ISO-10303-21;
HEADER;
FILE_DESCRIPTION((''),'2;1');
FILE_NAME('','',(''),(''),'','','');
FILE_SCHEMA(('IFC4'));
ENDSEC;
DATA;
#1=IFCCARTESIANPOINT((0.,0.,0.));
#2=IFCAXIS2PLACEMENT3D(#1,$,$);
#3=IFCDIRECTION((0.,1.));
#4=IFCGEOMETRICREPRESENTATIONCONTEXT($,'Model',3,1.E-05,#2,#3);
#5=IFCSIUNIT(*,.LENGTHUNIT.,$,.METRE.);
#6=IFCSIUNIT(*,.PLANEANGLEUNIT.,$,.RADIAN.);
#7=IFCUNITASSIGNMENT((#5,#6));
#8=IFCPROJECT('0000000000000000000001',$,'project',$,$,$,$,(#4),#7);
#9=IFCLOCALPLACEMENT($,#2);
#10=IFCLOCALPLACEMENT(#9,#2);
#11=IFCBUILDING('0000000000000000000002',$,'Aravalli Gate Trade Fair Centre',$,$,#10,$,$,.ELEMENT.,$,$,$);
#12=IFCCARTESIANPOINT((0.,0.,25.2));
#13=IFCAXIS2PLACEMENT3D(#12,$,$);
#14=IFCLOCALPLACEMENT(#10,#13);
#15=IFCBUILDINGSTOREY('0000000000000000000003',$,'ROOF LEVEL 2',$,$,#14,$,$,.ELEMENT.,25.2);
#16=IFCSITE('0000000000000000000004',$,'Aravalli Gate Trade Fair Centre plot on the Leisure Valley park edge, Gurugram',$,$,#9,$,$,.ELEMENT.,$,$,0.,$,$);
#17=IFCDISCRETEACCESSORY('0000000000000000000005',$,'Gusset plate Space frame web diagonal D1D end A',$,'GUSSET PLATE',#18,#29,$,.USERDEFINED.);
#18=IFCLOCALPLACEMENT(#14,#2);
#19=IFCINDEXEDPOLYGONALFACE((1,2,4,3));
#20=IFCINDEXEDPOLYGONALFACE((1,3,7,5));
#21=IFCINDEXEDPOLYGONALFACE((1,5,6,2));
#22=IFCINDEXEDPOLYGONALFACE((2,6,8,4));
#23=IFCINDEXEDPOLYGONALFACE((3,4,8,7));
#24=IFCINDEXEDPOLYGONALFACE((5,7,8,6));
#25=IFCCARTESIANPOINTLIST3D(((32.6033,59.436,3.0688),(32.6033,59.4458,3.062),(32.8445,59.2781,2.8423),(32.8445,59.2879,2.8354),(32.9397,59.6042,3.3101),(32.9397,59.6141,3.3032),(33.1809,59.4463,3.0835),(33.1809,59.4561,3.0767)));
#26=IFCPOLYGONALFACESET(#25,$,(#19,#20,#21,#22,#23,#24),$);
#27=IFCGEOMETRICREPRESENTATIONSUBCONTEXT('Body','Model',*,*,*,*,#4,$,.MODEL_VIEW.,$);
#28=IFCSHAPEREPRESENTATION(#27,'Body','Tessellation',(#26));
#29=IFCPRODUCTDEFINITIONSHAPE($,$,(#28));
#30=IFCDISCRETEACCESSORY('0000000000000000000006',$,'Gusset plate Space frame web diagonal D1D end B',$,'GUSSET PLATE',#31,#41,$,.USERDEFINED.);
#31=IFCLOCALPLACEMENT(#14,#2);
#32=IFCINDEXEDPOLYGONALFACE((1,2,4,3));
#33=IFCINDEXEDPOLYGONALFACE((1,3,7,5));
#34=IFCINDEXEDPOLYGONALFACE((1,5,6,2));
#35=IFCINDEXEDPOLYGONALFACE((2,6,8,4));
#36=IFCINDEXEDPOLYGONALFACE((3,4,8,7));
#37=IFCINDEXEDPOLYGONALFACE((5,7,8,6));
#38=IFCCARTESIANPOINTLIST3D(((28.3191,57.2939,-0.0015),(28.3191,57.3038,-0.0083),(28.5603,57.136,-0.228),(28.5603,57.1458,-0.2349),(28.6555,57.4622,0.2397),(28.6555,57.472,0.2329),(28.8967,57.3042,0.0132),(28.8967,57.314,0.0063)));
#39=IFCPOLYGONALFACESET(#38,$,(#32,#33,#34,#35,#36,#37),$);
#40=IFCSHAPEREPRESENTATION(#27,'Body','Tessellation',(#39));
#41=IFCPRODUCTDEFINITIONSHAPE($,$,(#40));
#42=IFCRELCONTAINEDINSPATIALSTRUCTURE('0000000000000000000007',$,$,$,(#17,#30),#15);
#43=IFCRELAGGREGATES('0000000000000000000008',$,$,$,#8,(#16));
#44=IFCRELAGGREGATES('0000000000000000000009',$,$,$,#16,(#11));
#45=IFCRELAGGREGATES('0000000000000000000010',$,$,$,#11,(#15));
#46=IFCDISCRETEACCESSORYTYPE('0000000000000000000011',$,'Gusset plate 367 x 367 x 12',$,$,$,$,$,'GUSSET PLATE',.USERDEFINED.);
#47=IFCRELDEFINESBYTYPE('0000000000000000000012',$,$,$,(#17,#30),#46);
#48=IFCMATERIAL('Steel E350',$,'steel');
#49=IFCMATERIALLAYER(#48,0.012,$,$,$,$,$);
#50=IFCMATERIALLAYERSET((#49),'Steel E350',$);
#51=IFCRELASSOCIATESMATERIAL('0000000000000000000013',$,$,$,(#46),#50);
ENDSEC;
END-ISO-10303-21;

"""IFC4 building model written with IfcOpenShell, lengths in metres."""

from ifc_helpers import new_model, si_unit, direction, frame, origin, place, context, subcontext, project, spatial, polyline, outline, extrude, material, layer, layer_set, type_object, element, save


model = new_model("IFC4")

# Units and contexts
model_context = context("Model", 3, precision=1e-05, world=origin(), true_north=direction((0.0, 1.0)))
body_context = subcontext(model_context, "Body", "Model", "MODEL_VIEW")
ifc_project = project(units=[si_unit("LENGTHUNIT", "METRE"), si_unit("PLANEANGLEUNIT", "RADIAN")], contexts=[model_context])

# Site, building, storey
site_placement = place(None, origin())
site = spatial("IfcSite", under=ifc_project, at=site_placement, Name="Aravalli Gate Trade Fair Centre plot on the Leisure Valley park edge, Gurugram", CompositionType="ELEMENT", RefElevation=0.0)
building_placement = place(site_placement, origin())
building = spatial("IfcBuilding", under=site, at=building_placement, Name="Aravalli Gate Trade Fair Centre", CompositionType="ELEMENT")
storey_placement = place(building_placement, frame((0.0, 0.0, 25.2)))
storey = spatial("IfcBuildingStorey", under=building, at=storey_placement, Name="ROOF LEVEL 2", CompositionType="ELEMENT", Elevation=25.2)

# Shared definitions
ifc_material_1 = material(Name="Steel E350", Category="steel")

# Discrete accessories
ifc_layer_1 = layer(ifc_material_1, 0.012)
ifc_layer_set_1 = layer_set([ifc_layer_1], Name="Steel E350")
discrete_accessory_type_1 = type_object("IfcDiscreteAccessoryType", Name="Gusset plate 367 x 367 x 12", ElementType="GUSSET PLATE", PredefinedType="USERDEFINED", material=ifc_layer_set_1)
discrete_accessory_1_placement = place(storey_placement, frame((32.6033, 59.436, 3.0688), z_axis=(0.000057, -0.820282, 0.57196), x_axis=(0.75291, 0.376455, 0.539822)))
element("IfcDiscreteAccessory", 1, at=discrete_accessory_1_placement, inside=storey, type_object=discrete_accessory_type_1, Name="Gusset plate Space frame web diagonal D1D end A", ObjectType="GUSSET PLATE", PredefinedType="USERDEFINED", context=body_context, shape_type="SweptSolid", body=[
    extrude(outline(polyline([(0.0, 0.0), (0.4468, 0.0), (0.4467, -0.3667), (-0.0002, -0.3667), (0.0, 0.0)])), origin(), (0.0, 0.0, -1.0), 0.012),
])
discrete_accessory_2_placement = place(storey_placement, frame((28.6555, 57.4622, 0.2397), z_axis=(0.000057, -0.820282, 0.57196), x_axis=(-0.75291, -0.376455, -0.539822)))
element("IfcDiscreteAccessory", 2, at=discrete_accessory_2_placement, inside=storey, type_object=discrete_accessory_type_1, Name="Gusset plate Space frame web diagonal D1D end B", ObjectType="GUSSET PLATE", PredefinedType="USERDEFINED", context=body_context, shape_type="SweptSolid", body=[
    extrude(outline(polyline([(0.0, 0.0), (0.4468, 0.0), (0.447, 0.3667), (0.0002, 0.3667), (0.0, 0.0)])), origin(), (0.0, 0.0, -1.0), 0.012),
])

save(model, "model.ifc")
